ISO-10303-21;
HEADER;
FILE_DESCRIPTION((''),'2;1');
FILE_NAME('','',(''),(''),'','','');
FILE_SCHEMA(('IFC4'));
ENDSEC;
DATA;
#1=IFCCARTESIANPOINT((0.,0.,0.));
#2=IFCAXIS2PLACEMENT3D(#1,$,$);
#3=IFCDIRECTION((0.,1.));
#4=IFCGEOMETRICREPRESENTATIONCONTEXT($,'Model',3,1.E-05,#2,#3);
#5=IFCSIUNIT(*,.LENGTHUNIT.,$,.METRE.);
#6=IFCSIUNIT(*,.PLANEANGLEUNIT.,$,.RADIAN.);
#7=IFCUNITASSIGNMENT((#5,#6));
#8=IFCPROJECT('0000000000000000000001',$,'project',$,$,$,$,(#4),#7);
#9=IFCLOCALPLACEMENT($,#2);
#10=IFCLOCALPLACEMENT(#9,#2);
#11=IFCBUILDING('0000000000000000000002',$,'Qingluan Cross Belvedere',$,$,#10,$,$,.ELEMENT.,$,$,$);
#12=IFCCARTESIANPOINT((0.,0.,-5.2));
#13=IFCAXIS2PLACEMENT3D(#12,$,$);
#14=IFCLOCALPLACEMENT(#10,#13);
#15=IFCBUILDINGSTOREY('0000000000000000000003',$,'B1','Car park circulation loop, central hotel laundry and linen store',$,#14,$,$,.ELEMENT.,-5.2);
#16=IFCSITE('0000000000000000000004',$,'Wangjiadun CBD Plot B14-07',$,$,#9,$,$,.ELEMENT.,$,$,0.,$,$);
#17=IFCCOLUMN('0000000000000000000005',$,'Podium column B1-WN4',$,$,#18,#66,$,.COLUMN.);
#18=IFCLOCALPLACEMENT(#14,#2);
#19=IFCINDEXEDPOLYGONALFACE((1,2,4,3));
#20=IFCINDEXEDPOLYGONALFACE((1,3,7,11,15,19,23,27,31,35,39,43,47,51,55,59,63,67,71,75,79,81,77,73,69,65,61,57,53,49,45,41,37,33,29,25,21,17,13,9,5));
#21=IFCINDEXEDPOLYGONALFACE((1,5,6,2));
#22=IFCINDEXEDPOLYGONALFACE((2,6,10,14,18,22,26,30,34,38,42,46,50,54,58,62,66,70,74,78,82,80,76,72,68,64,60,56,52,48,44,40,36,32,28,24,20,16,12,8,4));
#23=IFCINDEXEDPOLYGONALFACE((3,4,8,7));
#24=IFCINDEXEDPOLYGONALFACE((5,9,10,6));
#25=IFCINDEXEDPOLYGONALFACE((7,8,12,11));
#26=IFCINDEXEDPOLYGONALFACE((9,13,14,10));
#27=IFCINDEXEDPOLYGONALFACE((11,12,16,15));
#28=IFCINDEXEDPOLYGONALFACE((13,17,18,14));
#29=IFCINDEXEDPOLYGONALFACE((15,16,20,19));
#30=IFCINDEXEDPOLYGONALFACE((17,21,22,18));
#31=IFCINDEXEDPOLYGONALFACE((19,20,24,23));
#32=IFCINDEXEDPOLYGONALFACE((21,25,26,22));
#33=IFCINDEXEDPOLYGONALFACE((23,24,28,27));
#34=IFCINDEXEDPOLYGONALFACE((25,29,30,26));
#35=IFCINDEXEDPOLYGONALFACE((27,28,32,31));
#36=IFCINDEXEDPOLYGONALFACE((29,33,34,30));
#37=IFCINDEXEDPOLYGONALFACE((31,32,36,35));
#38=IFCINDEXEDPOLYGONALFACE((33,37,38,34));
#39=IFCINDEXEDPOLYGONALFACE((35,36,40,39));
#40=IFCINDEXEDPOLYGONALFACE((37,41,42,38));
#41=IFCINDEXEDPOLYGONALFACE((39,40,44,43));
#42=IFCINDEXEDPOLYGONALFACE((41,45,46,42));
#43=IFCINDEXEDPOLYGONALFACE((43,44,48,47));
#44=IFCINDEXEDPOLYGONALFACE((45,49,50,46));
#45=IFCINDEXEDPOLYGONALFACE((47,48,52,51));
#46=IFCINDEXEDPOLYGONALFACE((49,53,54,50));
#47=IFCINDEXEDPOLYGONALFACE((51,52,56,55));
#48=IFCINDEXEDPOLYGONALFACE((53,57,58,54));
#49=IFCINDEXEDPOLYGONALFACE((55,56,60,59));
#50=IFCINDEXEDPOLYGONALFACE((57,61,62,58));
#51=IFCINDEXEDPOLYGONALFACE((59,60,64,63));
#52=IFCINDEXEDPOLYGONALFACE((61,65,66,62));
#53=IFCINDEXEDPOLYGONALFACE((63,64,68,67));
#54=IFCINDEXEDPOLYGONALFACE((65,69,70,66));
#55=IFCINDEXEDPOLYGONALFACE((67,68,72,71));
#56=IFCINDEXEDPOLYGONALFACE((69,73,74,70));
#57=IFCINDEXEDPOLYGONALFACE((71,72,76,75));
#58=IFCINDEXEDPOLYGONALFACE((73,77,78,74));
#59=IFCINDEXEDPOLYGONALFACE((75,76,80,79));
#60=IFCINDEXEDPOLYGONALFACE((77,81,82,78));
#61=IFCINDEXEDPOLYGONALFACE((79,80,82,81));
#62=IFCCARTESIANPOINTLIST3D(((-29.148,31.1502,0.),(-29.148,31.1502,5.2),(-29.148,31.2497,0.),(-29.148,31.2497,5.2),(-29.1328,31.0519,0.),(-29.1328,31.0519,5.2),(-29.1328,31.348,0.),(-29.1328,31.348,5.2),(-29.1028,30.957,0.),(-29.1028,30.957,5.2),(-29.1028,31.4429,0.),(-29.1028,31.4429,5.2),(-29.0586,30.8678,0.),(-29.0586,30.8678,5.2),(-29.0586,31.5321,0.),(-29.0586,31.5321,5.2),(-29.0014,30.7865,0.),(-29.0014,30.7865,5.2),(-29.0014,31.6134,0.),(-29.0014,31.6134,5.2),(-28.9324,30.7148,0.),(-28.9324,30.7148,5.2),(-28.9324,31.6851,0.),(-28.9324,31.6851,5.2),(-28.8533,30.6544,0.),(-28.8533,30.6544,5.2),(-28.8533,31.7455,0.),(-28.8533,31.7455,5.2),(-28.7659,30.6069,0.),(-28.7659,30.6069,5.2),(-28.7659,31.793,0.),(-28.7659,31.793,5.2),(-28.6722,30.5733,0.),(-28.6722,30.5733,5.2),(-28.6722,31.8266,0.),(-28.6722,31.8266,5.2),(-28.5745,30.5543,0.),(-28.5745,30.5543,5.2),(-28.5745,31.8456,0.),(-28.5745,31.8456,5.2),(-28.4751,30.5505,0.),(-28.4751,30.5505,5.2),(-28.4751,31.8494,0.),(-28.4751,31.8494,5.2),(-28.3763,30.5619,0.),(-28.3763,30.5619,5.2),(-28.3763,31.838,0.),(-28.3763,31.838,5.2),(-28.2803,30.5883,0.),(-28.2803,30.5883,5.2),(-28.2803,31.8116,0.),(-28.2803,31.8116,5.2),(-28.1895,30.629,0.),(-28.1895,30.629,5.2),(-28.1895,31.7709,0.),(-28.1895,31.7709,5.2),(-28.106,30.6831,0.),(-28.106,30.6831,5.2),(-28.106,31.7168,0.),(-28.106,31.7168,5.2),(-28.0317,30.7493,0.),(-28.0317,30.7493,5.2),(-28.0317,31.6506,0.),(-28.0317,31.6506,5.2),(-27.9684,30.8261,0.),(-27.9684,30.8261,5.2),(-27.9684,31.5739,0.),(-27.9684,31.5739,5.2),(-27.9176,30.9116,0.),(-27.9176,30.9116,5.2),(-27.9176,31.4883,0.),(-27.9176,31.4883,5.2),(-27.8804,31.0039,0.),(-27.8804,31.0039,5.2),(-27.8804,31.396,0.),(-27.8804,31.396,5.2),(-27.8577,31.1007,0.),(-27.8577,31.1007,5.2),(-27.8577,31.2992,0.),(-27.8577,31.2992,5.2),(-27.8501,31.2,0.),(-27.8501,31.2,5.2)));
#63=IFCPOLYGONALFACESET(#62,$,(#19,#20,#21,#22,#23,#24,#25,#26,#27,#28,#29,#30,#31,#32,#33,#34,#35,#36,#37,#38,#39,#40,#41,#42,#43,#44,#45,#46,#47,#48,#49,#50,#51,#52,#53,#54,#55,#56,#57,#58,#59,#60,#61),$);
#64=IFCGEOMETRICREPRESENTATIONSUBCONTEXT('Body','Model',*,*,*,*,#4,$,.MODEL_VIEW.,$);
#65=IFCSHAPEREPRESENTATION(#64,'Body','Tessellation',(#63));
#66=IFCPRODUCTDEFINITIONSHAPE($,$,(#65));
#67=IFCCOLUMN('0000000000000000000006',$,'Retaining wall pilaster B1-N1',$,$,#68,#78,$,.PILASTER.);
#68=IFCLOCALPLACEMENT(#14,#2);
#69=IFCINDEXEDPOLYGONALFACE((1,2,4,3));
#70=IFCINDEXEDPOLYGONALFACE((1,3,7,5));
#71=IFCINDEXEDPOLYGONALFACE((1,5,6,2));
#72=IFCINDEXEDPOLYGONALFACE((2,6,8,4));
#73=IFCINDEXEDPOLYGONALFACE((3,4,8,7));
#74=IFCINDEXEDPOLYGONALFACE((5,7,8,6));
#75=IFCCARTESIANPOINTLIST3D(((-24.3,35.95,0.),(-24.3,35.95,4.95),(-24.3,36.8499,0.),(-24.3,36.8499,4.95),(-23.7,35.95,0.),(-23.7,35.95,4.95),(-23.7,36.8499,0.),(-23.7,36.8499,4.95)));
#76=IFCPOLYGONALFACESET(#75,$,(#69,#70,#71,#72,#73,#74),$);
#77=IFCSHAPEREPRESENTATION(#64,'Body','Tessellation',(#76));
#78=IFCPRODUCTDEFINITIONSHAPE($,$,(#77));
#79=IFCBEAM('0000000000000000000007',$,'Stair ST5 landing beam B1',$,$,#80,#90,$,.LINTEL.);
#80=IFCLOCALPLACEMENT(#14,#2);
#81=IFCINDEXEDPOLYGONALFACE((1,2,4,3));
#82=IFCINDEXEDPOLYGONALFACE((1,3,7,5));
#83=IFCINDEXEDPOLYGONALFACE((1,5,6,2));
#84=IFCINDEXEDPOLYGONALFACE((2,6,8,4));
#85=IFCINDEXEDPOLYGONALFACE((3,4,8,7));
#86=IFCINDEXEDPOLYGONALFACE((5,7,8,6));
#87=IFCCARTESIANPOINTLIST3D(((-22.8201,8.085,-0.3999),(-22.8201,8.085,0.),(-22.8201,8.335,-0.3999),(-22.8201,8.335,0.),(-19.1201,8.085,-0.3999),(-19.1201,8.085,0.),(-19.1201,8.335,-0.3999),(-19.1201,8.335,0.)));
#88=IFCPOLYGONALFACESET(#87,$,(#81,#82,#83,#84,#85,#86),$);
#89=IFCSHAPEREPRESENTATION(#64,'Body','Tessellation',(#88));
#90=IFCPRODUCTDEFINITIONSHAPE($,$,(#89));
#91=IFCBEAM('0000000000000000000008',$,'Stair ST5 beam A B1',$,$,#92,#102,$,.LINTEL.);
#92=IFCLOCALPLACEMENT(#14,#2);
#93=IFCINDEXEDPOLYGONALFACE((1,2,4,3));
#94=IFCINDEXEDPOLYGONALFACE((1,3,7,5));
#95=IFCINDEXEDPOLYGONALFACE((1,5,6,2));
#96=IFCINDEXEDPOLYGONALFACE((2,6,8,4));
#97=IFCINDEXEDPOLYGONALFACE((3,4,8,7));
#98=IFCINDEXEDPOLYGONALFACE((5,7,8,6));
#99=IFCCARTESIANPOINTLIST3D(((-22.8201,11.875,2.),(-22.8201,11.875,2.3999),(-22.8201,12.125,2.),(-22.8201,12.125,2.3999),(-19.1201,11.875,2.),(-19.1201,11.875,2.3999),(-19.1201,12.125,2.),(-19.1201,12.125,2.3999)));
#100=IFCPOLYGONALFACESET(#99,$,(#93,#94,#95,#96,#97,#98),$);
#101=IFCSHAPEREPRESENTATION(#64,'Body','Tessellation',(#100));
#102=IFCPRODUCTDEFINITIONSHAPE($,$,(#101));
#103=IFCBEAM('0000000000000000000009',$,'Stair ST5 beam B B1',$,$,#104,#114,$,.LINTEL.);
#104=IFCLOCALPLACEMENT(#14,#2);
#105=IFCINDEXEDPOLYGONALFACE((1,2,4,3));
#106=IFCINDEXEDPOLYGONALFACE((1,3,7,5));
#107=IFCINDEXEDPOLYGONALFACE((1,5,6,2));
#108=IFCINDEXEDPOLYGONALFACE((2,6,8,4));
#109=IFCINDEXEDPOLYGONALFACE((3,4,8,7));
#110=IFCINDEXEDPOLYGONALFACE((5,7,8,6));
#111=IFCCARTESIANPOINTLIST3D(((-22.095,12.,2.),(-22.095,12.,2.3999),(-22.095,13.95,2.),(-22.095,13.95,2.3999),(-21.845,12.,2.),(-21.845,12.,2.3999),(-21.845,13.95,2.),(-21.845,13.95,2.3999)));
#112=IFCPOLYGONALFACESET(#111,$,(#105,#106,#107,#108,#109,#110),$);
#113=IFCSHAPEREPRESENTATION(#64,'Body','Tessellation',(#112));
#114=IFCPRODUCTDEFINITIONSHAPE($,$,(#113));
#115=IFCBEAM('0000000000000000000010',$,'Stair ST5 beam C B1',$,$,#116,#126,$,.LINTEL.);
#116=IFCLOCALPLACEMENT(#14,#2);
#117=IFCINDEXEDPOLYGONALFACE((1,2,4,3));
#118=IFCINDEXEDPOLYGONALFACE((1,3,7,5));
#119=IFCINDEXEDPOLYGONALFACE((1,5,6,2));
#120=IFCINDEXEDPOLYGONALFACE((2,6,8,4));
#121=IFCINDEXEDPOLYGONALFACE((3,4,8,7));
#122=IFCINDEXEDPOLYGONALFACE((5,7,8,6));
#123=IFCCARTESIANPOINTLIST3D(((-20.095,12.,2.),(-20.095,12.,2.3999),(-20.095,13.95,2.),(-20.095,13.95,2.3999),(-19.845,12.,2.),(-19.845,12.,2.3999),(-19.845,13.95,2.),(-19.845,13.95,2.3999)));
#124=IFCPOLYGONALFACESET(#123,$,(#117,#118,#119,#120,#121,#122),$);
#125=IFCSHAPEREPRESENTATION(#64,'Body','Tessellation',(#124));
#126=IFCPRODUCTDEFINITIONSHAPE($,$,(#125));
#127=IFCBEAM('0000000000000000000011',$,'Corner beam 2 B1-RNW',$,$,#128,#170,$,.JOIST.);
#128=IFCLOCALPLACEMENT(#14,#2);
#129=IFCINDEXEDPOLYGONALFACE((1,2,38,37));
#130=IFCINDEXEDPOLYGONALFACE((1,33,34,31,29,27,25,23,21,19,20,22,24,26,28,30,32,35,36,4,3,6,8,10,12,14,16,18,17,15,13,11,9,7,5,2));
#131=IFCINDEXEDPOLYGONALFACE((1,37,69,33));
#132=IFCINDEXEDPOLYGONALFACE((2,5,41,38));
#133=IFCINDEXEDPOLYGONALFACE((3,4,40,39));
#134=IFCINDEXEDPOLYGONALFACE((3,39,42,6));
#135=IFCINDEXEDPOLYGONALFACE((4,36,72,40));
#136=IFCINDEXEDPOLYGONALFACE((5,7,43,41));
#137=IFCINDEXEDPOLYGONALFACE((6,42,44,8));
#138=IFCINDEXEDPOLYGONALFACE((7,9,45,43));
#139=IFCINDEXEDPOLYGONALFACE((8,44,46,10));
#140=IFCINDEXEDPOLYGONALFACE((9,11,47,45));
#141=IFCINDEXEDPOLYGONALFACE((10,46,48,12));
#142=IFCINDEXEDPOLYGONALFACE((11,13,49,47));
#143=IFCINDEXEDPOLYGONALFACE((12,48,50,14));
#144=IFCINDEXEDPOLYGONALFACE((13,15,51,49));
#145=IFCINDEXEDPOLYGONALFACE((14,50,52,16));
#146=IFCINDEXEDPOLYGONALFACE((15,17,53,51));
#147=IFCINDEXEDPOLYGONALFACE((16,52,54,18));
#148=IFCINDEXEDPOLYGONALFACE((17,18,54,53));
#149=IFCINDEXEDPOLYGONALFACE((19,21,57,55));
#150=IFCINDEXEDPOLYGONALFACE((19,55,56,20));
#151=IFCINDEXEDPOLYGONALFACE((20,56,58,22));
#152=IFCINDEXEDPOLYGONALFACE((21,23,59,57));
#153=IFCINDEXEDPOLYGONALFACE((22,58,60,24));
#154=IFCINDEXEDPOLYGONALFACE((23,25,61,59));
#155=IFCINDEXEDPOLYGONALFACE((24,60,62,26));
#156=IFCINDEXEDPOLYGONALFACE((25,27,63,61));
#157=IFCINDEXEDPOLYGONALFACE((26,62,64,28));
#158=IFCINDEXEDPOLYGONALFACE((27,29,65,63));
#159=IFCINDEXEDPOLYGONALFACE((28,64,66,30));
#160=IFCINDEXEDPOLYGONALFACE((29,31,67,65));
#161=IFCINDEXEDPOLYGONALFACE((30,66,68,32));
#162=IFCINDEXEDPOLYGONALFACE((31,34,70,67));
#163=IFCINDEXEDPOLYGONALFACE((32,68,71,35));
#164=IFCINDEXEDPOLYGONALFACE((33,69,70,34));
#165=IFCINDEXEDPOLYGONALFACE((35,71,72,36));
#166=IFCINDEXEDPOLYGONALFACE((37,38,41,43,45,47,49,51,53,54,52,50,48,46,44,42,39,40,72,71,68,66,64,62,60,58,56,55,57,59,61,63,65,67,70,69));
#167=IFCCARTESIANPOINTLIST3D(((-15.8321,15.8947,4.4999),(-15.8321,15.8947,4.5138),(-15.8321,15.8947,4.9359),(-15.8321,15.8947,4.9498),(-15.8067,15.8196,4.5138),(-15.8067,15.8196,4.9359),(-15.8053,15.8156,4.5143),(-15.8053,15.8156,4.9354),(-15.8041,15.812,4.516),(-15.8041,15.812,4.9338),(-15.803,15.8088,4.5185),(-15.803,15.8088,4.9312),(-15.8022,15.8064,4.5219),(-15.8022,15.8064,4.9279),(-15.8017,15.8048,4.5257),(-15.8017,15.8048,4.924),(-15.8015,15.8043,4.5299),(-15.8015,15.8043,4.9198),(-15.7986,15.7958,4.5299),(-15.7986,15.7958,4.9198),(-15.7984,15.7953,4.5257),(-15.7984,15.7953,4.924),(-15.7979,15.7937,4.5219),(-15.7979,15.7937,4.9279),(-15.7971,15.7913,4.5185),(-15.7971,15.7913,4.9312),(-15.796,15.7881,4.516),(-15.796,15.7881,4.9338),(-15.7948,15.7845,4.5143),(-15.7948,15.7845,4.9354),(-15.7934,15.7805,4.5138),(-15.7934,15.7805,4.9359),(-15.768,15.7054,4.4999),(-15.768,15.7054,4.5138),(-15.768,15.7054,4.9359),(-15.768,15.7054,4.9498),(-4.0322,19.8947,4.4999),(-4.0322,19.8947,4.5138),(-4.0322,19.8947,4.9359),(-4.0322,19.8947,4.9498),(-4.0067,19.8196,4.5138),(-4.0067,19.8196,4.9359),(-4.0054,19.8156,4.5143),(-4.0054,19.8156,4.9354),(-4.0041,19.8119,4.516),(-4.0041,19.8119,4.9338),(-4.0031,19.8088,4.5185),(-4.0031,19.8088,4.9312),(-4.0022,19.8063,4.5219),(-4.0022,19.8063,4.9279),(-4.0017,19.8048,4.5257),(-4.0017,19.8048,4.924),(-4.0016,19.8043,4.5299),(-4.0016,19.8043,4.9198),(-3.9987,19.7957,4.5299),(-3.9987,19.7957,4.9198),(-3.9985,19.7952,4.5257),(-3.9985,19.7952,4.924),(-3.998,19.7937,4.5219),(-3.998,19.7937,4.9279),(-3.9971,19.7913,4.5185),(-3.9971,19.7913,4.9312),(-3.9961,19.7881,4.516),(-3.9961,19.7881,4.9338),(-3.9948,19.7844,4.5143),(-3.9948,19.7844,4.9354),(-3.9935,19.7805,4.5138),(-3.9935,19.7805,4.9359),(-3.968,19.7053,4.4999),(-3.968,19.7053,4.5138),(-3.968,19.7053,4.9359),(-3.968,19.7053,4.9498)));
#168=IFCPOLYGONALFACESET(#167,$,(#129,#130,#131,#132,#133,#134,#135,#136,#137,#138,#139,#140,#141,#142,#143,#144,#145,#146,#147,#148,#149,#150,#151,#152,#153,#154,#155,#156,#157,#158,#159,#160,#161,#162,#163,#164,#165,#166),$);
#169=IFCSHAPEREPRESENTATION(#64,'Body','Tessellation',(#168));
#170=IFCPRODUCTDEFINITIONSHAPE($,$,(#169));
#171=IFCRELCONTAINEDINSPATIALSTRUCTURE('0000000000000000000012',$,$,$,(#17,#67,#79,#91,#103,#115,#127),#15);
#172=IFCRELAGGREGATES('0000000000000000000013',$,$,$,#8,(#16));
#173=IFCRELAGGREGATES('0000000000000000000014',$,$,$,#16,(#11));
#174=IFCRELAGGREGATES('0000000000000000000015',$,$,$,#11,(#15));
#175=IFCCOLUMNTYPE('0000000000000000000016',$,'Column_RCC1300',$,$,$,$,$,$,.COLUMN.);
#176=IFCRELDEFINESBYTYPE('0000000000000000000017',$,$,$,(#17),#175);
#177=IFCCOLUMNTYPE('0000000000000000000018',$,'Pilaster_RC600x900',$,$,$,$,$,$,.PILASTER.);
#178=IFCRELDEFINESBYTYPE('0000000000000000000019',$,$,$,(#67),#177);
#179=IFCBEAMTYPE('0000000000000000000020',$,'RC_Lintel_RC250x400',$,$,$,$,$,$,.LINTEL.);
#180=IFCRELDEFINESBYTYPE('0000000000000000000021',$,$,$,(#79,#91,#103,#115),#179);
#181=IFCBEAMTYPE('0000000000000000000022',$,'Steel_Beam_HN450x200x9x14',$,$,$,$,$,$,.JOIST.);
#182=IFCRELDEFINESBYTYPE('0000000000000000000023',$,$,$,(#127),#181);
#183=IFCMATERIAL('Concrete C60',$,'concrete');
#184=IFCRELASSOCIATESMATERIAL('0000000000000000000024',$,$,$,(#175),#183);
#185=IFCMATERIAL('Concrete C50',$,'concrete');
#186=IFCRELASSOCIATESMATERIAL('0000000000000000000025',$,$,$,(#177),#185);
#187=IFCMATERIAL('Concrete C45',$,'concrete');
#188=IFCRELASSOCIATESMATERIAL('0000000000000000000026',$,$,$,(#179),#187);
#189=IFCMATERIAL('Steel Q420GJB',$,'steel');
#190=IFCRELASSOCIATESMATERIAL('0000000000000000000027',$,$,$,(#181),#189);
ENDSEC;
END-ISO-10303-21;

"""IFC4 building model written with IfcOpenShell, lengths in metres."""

from ifc_helpers import new_model, si_unit, direction, frame, origin, origin_2d, place, context, subcontext, project, spatial, rectangle, circle, i_section, extrude, material, material_profile, profile_set, type_object, element, save


model = new_model("IFC4")

# Units and contexts
model_context = context("Model", 3, precision=1e-05, world=origin(), true_north=direction((0.0, 1.0)))
body_context = subcontext(model_context, "Body", "Model", "MODEL_VIEW")
ifc_project = project(units=[si_unit("LENGTHUNIT", "METRE"), si_unit("PLANEANGLEUNIT", "RADIAN")], contexts=[model_context])

# Site, building, storey
site_placement = place(None, origin())
site = spatial("IfcSite", under=ifc_project, at=site_placement, Name="Wangjiadun CBD Plot B14-07", CompositionType="ELEMENT", RefElevation=0.0)
building_placement = place(site_placement, origin())
building = spatial("IfcBuilding", under=site, at=building_placement, Name="Qingluan Cross Belvedere", CompositionType="ELEMENT")
storey_placement = place(building_placement, frame((0.0, 0.0, -5.2)))
storey = spatial("IfcBuildingStorey", under=building, at=storey_placement, Name="B1", Description="Car park circulation loop, central hotel laundry and linen store", CompositionType="ELEMENT", Elevation=-5.2)

# Columns
ifc_material_1 = material(Name="Concrete C60", Category="concrete")
ifc_material_profile_1 = material_profile(ifc_material_1, circle(Radius=0.6499, at=origin_2d()), Name="RCC1300")
ifc_profile_set_1 = profile_set([ifc_material_profile_1], Name="Concrete C60")
column_type_1 = type_object("IfcColumnType", Name="Column_RCC1300", PredefinedType="COLUMN", material=ifc_profile_set_1)
for number, where, z_axis, x_axis, name in (
    (1, (-28.5, 31.2, 0.0), (0.0, 0.0, 1.0), (1.0, 0.0, 0.0), "Podium column B1-WN4"),
):
    element("IfcColumn", number, at=place(storey_placement, frame(where, z_axis=z_axis, x_axis=x_axis)), inside=storey, type_object=column_type_1, Name=name, PredefinedType="COLUMN", context=body_context, shape_type="SweptSolid", body=[
        extrude(circle(Radius=0.6499, at=origin_2d()), origin(), (0.0, 0.0, 1.0), 5.2),
    ])
ifc_material_2 = material(Name="Concrete C50", Category="concrete")
ifc_material_profile_2 = material_profile(ifc_material_2, rectangle(XDim=0.6001, YDim=0.8999, at=origin_2d()), Name="RC600x900")
ifc_profile_set_2 = profile_set([ifc_material_profile_2], Name="Concrete C50")
column_type_2 = type_object("IfcColumnType", Name="Pilaster_RC600x900", PredefinedType="PILASTER", material=ifc_profile_set_2)
column_1_placement = place(storey_placement, frame((-24.0, 36.3999, 0.0), z_axis=(0.0, 0.0, 1.0), x_axis=(1.0, 0.0, 0.0)))
element("IfcColumn", 2, at=column_1_placement, inside=storey, type_object=column_type_2, Name="Retaining wall pilaster B1-N1", PredefinedType="PILASTER", context=body_context, shape_type="SweptSolid", body=[
    extrude(rectangle(XDim=0.6001, YDim=0.8999, at=origin_2d()), origin(), (0.0, 0.0, 1.0), 4.95),
])

# Beams
ifc_material_3 = material(Name="Concrete C45", Category="concrete")
ifc_material_profile_3 = material_profile(ifc_material_3, rectangle(XDim=0.25, YDim=0.3999, at=origin_2d()), Name="RC250x400")
ifc_profile_set_3 = profile_set([ifc_material_profile_3], Name="Concrete C45")
beam_type_1 = type_object("IfcBeamType", Name="RC_Lintel_RC250x400", PredefinedType="LINTEL", material=ifc_profile_set_3)
for number, where, z_axis, x_axis, name in (
    (3, (-22.8201, 8.21, -0.2), (1.0, 0.0, 0.0), (0.0, 1.0, 0.0), "Stair ST5 landing beam B1"),
    (4, (-22.8201, 12.0, 2.2), (1.0, 0.0, 0.0), (0.0, 1.0, 0.0), "Stair ST5 beam A B1"),
):
    element("IfcBeam", number, at=place(storey_placement, frame(where, z_axis=z_axis, x_axis=x_axis)), inside=storey, type_object=beam_type_1, Name=name, PredefinedType="LINTEL", context=body_context, shape_type="SweptSolid", body=[
        extrude(rectangle(XDim=0.25, YDim=0.3999, at=origin_2d()), origin(), (0.0, 0.0, 1.0), 3.7),
    ])
for number, where, z_axis, x_axis, name in (
    (5, (-21.97, 13.95, 2.2), (0.0, -1.0, 0.0), (1.0, 0.0, 0.0), "Stair ST5 beam B B1"),
    (6, (-19.97, 13.95, 2.2), (0.0, -1.0, 0.0), (1.0, 0.0, 0.0), "Stair ST5 beam C B1"),
):
    element("IfcBeam", number, at=place(storey_placement, frame(where, z_axis=z_axis, x_axis=x_axis)), inside=storey, type_object=beam_type_1, Name=name, PredefinedType="LINTEL", context=body_context, shape_type="SweptSolid", body=[
        extrude(rectangle(XDim=0.25, YDim=0.3999, at=origin_2d()), origin(), (0.0, 0.0, 1.0), 1.95),
    ])
ifc_material_4 = material(Name="Steel Q420GJB", Category="steel")
ifc_material_profile_4 = material_profile(ifc_material_4, i_section(OverallWidth=0.2, OverallDepth=0.45, WebThickness=0.009, FlangeThickness=0.0139, FilletRadius=0.0161, at=origin_2d()), Name="HN450x200x9x14")
ifc_profile_set_4 = profile_set([ifc_material_profile_4], Name="Steel Q420GJB")
beam_type_2 = type_object("IfcBeamType", Name="Steel_Beam_HN450x200x9x14", PredefinedType="JOIST", material=ifc_profile_set_4)
for number, where, z_axis, x_axis, name in (
    (7, (-15.8, 15.8, 4.7249), (0.947066, 0.321038, 0.0), (-0.321038, 0.947066, 0.0), "Corner beam 2 B1-RNW"),
):
    element("IfcBeam", number, at=place(storey_placement, frame(where, z_axis=z_axis, x_axis=x_axis)), inside=storey, type_object=beam_type_2, Name=name, PredefinedType="JOIST", context=body_context, shape_type="SweptSolid", body=[
        extrude(i_section(OverallWidth=0.2, OverallDepth=0.45, WebThickness=0.009, FlangeThickness=0.0139, FilletRadius=0.0161, at=origin_2d()), origin(), (0.0, 0.0, 1.0), 12.4595),
    ])

save(model, "model.ifc")
